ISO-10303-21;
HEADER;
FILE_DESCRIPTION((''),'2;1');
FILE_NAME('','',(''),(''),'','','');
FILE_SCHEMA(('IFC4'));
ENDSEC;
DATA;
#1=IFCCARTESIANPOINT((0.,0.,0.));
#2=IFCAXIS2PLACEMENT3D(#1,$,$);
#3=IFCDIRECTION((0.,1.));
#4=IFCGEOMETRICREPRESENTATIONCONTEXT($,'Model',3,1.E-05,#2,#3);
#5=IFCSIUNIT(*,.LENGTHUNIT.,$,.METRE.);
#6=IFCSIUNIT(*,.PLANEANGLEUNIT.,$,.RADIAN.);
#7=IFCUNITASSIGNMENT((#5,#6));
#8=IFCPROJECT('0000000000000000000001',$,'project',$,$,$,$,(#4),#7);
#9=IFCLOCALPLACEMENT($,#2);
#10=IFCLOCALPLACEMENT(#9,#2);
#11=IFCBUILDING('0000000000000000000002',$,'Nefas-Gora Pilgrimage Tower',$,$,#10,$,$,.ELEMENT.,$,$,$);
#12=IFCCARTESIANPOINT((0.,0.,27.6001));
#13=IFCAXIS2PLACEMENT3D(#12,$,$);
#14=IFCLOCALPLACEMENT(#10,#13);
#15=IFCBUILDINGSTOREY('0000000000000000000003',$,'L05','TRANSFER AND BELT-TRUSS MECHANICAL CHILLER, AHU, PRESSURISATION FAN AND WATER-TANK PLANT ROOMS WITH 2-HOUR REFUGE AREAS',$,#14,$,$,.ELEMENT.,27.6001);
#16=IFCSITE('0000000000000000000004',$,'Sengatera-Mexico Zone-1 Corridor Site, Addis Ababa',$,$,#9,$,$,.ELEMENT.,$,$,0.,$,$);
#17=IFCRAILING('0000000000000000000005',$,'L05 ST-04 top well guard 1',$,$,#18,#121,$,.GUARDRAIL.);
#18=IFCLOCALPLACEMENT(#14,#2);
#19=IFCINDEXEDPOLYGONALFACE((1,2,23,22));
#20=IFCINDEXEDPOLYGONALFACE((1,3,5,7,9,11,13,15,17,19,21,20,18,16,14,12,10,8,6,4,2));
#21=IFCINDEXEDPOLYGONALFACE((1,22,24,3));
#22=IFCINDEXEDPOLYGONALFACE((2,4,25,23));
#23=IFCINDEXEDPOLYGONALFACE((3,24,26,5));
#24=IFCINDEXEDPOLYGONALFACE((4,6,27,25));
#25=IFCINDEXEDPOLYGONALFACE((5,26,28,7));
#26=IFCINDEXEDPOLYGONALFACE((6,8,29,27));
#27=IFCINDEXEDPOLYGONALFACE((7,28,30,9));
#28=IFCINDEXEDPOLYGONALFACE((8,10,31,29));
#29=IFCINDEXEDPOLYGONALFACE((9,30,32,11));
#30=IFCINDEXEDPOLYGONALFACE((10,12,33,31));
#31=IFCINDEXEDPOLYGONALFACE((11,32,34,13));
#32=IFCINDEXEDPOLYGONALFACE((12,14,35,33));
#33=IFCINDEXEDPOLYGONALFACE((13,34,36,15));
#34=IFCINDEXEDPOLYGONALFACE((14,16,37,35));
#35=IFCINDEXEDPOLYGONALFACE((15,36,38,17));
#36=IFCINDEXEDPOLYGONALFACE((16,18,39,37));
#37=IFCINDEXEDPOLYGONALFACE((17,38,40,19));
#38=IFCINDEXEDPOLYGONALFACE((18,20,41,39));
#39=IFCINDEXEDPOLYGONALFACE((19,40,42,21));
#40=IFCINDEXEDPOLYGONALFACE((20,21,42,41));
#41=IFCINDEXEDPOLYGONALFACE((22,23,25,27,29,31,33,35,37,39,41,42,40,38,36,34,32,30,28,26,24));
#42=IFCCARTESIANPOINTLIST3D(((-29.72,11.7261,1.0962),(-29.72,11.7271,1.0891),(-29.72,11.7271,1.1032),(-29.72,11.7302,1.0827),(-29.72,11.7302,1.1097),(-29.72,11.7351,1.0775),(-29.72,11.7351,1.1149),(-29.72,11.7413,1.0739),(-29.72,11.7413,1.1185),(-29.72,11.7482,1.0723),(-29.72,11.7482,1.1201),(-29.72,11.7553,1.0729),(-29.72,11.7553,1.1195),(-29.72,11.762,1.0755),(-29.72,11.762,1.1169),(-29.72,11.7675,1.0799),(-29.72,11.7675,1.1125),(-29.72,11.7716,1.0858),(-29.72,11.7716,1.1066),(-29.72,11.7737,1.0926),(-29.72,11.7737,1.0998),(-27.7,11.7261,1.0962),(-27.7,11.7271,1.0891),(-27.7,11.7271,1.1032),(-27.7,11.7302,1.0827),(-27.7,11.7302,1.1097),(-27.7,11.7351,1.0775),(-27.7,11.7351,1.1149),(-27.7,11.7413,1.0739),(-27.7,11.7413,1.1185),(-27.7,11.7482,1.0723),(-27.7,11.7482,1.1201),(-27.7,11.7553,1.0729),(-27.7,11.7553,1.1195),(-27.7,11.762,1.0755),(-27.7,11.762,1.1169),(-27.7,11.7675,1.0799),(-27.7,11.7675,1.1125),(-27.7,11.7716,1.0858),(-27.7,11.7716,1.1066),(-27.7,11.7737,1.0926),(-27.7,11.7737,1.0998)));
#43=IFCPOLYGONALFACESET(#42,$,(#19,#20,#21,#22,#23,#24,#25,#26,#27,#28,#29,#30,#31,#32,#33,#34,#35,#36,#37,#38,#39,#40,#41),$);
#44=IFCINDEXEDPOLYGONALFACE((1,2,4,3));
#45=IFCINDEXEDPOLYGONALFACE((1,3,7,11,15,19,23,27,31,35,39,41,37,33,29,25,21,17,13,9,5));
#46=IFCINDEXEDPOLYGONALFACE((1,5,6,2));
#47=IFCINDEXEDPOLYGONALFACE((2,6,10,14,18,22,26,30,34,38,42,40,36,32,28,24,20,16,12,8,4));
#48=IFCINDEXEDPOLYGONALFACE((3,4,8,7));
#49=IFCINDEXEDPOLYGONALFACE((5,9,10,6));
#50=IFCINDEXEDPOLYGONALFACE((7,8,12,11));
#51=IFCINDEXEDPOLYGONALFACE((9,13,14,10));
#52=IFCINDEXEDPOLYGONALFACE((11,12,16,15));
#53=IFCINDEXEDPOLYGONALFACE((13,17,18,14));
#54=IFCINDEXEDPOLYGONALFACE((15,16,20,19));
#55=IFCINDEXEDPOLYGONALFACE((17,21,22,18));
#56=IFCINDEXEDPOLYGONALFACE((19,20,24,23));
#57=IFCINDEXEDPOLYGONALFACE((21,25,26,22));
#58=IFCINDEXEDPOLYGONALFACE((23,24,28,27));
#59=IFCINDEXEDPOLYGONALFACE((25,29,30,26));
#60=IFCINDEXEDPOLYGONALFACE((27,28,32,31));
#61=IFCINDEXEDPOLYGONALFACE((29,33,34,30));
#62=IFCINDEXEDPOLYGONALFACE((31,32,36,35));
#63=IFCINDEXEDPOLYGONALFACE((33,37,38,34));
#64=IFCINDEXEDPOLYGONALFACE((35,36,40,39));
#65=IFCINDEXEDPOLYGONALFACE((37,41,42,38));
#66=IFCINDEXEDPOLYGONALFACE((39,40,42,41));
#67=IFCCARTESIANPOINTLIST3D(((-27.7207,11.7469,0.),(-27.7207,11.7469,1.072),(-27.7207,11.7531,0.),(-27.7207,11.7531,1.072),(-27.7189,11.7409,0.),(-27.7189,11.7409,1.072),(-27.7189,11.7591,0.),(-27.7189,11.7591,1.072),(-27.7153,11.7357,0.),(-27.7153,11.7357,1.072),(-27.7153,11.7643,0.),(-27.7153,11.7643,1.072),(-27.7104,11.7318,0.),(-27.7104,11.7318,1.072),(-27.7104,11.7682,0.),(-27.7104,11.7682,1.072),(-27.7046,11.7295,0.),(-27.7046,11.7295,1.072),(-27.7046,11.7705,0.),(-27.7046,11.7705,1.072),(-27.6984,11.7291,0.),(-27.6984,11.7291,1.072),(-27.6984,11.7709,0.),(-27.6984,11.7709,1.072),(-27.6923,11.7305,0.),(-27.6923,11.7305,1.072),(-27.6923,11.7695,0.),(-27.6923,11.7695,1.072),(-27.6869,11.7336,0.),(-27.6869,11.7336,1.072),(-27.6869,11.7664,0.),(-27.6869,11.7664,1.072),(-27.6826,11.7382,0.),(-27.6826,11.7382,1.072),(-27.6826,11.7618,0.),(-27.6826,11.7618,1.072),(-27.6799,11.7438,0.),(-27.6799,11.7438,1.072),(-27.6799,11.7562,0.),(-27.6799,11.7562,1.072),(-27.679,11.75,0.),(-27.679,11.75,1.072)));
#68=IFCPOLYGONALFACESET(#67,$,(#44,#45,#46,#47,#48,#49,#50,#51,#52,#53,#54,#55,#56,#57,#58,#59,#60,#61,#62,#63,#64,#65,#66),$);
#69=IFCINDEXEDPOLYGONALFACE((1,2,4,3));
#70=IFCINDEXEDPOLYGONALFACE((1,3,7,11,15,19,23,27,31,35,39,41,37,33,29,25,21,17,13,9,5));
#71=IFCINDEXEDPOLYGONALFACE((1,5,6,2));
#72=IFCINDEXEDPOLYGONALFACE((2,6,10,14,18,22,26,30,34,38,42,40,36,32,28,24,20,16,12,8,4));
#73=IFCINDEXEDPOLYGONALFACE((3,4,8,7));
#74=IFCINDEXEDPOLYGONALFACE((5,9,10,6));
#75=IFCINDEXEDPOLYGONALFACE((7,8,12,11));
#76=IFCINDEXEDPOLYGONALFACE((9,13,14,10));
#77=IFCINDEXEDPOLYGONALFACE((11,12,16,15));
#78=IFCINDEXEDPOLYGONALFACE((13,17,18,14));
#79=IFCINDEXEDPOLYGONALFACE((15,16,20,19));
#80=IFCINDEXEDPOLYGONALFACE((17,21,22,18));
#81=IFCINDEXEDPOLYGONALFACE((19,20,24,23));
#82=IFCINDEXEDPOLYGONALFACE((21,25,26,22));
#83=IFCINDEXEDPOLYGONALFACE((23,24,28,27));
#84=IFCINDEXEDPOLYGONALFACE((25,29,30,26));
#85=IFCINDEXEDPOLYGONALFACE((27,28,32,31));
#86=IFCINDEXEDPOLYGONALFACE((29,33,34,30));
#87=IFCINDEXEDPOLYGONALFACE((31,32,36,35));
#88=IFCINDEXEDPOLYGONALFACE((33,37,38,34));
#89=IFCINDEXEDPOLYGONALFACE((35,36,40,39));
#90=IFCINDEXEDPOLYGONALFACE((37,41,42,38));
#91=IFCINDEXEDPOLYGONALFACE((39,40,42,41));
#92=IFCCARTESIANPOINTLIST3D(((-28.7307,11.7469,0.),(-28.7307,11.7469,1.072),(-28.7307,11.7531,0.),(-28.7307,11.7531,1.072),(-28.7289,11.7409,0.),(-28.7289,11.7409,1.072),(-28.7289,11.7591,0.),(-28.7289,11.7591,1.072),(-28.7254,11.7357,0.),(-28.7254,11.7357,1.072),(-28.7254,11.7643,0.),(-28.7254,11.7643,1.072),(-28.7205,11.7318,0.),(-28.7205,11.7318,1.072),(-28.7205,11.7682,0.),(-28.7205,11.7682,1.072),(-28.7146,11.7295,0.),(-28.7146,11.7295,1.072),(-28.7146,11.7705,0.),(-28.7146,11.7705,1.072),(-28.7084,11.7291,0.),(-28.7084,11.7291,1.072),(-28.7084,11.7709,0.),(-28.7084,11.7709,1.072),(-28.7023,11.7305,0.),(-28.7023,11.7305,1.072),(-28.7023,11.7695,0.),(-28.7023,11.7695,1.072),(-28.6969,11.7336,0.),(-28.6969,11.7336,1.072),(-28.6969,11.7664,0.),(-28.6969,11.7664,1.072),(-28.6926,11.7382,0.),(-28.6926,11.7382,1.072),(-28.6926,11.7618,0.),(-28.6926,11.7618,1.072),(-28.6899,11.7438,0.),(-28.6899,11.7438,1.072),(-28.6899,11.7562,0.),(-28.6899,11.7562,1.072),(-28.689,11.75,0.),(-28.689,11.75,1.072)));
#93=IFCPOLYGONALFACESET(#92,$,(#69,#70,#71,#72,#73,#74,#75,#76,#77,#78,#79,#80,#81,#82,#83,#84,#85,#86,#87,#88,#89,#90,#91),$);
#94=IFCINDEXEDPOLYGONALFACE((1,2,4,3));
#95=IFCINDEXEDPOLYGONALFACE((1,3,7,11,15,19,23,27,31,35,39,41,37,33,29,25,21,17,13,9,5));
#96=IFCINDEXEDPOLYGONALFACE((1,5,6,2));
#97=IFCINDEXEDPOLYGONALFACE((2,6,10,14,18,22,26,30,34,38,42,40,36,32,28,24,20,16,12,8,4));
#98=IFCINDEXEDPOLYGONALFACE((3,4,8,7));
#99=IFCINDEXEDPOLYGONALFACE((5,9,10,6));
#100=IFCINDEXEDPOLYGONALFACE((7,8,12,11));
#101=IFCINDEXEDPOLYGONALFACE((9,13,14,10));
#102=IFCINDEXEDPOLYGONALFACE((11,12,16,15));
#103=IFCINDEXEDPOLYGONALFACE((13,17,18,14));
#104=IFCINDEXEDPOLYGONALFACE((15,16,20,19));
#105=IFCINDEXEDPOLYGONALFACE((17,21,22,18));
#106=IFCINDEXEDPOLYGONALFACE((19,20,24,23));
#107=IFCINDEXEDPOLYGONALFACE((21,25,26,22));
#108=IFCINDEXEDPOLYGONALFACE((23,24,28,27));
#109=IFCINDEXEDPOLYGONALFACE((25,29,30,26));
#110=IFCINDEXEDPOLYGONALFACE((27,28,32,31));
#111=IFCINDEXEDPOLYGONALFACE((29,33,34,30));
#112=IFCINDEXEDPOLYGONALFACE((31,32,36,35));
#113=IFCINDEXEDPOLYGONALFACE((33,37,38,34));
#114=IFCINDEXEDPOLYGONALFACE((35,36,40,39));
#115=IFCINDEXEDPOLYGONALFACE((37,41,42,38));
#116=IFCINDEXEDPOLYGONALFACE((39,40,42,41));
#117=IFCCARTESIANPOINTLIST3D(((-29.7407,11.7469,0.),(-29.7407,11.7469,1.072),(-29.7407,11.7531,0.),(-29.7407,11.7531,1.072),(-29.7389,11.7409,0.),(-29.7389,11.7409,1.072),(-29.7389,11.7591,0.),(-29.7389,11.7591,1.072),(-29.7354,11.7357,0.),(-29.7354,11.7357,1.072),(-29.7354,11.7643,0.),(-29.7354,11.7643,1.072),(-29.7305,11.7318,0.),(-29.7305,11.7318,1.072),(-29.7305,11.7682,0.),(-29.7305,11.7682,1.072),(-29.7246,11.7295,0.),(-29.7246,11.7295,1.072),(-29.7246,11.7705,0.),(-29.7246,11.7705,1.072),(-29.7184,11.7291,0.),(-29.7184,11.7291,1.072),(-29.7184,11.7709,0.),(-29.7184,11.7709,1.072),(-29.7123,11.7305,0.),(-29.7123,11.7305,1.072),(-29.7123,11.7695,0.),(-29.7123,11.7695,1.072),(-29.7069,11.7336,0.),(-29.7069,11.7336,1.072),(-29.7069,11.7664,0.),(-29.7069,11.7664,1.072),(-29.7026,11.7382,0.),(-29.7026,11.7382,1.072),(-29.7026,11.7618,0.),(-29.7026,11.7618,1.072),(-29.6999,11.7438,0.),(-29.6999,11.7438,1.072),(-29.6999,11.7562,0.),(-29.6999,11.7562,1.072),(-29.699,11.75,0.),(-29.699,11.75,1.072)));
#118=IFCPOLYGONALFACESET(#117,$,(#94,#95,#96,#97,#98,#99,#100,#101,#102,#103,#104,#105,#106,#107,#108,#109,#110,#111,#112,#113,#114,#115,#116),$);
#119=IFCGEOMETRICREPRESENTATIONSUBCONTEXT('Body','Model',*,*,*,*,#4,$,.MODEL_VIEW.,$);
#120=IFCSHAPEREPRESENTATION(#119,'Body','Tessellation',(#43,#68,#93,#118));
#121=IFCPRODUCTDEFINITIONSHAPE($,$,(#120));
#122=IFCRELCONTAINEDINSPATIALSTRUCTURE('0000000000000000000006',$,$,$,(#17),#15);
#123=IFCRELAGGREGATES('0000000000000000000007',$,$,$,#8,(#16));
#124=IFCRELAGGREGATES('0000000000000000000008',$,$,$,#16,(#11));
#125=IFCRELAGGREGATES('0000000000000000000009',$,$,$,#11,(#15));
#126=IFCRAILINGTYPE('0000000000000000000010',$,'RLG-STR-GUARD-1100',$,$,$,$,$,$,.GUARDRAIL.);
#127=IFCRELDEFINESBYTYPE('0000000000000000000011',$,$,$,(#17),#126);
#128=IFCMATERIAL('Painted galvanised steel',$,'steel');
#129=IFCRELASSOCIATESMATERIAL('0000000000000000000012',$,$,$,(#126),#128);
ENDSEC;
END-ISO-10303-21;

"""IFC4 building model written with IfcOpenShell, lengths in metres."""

from ifc_helpers import new_model, si_unit, direction, frame, origin, origin_2d, place, context, subcontext, project, spatial, circle, extrude, material, type_object, element, save


model = new_model("IFC4")

# Units and contexts
model_context = context("Model", 3, precision=1e-05, world=origin(), true_north=direction((0.0, 1.0)))
body_context = subcontext(model_context, "Body", "Model", "MODEL_VIEW")
ifc_project = project(units=[si_unit("LENGTHUNIT", "METRE"), si_unit("PLANEANGLEUNIT", "RADIAN")], contexts=[model_context])

# Site, building, storey
site_placement = place(None, origin())
site = spatial("IfcSite", under=ifc_project, at=site_placement, Name="Sengatera-Mexico Zone-1 Corridor Site, Addis Ababa", CompositionType="ELEMENT", RefElevation=0.0)
building_placement = place(site_placement, origin())
building = spatial("IfcBuilding", under=site, at=building_placement, Name="Nefas-Gora Pilgrimage Tower", CompositionType="ELEMENT")
storey_placement = place(building_placement, frame((0.0, 0.0, 27.6001)))
storey = spatial("IfcBuildingStorey", under=building, at=storey_placement, Name="L05", Description="TRANSFER AND BELT-TRUSS MECHANICAL CHILLER, AHU, PRESSURISATION FAN AND WATER-TANK PLANT ROOMS WITH 2-HOUR REFUGE AREAS", CompositionType="ELEMENT", Elevation=27.6001)

# Railing
ifc_material_1 = material(Name="Painted galvanised steel", Category="steel")
railing_type = type_object("IfcRailingType", Name="RLG-STR-GUARD-1100", PredefinedType="GUARDRAIL", material=ifc_material_1)
railing_placement = place(storey_placement, frame((-27.7, 11.75, 0.0)))
element("IfcRailing", 1, at=railing_placement, inside=storey, type_object=railing_type, Name="L05 ST-04 top well guard 1", PredefinedType="GUARDRAIL", context=body_context, shape_type="SweptSolid", body=[
    extrude(circle(Radius=0.0239, at=origin_2d()), frame((0.0, 0.0, 1.0962), z_axis=(-1.0, 0.0, 0.0), x_axis=(0.0, -1.0, 0.0)), (0.0, 0.0, 1.0), 2.02),
    extrude(circle(Radius=0.021, at=origin_2d()), origin(), (0.0, 0.0, 1.0), 1.072),
    extrude(circle(Radius=0.021, at=origin_2d()), frame((-1.01, 0.0, 0.0)), (0.0, 0.0, 1.0), 1.072),
    extrude(circle(Radius=0.021, at=origin_2d()), frame((-2.02, 0.0, 0.0)), (0.0, 0.0, 1.0), 1.072),
])

save(model, "model.ifc")
